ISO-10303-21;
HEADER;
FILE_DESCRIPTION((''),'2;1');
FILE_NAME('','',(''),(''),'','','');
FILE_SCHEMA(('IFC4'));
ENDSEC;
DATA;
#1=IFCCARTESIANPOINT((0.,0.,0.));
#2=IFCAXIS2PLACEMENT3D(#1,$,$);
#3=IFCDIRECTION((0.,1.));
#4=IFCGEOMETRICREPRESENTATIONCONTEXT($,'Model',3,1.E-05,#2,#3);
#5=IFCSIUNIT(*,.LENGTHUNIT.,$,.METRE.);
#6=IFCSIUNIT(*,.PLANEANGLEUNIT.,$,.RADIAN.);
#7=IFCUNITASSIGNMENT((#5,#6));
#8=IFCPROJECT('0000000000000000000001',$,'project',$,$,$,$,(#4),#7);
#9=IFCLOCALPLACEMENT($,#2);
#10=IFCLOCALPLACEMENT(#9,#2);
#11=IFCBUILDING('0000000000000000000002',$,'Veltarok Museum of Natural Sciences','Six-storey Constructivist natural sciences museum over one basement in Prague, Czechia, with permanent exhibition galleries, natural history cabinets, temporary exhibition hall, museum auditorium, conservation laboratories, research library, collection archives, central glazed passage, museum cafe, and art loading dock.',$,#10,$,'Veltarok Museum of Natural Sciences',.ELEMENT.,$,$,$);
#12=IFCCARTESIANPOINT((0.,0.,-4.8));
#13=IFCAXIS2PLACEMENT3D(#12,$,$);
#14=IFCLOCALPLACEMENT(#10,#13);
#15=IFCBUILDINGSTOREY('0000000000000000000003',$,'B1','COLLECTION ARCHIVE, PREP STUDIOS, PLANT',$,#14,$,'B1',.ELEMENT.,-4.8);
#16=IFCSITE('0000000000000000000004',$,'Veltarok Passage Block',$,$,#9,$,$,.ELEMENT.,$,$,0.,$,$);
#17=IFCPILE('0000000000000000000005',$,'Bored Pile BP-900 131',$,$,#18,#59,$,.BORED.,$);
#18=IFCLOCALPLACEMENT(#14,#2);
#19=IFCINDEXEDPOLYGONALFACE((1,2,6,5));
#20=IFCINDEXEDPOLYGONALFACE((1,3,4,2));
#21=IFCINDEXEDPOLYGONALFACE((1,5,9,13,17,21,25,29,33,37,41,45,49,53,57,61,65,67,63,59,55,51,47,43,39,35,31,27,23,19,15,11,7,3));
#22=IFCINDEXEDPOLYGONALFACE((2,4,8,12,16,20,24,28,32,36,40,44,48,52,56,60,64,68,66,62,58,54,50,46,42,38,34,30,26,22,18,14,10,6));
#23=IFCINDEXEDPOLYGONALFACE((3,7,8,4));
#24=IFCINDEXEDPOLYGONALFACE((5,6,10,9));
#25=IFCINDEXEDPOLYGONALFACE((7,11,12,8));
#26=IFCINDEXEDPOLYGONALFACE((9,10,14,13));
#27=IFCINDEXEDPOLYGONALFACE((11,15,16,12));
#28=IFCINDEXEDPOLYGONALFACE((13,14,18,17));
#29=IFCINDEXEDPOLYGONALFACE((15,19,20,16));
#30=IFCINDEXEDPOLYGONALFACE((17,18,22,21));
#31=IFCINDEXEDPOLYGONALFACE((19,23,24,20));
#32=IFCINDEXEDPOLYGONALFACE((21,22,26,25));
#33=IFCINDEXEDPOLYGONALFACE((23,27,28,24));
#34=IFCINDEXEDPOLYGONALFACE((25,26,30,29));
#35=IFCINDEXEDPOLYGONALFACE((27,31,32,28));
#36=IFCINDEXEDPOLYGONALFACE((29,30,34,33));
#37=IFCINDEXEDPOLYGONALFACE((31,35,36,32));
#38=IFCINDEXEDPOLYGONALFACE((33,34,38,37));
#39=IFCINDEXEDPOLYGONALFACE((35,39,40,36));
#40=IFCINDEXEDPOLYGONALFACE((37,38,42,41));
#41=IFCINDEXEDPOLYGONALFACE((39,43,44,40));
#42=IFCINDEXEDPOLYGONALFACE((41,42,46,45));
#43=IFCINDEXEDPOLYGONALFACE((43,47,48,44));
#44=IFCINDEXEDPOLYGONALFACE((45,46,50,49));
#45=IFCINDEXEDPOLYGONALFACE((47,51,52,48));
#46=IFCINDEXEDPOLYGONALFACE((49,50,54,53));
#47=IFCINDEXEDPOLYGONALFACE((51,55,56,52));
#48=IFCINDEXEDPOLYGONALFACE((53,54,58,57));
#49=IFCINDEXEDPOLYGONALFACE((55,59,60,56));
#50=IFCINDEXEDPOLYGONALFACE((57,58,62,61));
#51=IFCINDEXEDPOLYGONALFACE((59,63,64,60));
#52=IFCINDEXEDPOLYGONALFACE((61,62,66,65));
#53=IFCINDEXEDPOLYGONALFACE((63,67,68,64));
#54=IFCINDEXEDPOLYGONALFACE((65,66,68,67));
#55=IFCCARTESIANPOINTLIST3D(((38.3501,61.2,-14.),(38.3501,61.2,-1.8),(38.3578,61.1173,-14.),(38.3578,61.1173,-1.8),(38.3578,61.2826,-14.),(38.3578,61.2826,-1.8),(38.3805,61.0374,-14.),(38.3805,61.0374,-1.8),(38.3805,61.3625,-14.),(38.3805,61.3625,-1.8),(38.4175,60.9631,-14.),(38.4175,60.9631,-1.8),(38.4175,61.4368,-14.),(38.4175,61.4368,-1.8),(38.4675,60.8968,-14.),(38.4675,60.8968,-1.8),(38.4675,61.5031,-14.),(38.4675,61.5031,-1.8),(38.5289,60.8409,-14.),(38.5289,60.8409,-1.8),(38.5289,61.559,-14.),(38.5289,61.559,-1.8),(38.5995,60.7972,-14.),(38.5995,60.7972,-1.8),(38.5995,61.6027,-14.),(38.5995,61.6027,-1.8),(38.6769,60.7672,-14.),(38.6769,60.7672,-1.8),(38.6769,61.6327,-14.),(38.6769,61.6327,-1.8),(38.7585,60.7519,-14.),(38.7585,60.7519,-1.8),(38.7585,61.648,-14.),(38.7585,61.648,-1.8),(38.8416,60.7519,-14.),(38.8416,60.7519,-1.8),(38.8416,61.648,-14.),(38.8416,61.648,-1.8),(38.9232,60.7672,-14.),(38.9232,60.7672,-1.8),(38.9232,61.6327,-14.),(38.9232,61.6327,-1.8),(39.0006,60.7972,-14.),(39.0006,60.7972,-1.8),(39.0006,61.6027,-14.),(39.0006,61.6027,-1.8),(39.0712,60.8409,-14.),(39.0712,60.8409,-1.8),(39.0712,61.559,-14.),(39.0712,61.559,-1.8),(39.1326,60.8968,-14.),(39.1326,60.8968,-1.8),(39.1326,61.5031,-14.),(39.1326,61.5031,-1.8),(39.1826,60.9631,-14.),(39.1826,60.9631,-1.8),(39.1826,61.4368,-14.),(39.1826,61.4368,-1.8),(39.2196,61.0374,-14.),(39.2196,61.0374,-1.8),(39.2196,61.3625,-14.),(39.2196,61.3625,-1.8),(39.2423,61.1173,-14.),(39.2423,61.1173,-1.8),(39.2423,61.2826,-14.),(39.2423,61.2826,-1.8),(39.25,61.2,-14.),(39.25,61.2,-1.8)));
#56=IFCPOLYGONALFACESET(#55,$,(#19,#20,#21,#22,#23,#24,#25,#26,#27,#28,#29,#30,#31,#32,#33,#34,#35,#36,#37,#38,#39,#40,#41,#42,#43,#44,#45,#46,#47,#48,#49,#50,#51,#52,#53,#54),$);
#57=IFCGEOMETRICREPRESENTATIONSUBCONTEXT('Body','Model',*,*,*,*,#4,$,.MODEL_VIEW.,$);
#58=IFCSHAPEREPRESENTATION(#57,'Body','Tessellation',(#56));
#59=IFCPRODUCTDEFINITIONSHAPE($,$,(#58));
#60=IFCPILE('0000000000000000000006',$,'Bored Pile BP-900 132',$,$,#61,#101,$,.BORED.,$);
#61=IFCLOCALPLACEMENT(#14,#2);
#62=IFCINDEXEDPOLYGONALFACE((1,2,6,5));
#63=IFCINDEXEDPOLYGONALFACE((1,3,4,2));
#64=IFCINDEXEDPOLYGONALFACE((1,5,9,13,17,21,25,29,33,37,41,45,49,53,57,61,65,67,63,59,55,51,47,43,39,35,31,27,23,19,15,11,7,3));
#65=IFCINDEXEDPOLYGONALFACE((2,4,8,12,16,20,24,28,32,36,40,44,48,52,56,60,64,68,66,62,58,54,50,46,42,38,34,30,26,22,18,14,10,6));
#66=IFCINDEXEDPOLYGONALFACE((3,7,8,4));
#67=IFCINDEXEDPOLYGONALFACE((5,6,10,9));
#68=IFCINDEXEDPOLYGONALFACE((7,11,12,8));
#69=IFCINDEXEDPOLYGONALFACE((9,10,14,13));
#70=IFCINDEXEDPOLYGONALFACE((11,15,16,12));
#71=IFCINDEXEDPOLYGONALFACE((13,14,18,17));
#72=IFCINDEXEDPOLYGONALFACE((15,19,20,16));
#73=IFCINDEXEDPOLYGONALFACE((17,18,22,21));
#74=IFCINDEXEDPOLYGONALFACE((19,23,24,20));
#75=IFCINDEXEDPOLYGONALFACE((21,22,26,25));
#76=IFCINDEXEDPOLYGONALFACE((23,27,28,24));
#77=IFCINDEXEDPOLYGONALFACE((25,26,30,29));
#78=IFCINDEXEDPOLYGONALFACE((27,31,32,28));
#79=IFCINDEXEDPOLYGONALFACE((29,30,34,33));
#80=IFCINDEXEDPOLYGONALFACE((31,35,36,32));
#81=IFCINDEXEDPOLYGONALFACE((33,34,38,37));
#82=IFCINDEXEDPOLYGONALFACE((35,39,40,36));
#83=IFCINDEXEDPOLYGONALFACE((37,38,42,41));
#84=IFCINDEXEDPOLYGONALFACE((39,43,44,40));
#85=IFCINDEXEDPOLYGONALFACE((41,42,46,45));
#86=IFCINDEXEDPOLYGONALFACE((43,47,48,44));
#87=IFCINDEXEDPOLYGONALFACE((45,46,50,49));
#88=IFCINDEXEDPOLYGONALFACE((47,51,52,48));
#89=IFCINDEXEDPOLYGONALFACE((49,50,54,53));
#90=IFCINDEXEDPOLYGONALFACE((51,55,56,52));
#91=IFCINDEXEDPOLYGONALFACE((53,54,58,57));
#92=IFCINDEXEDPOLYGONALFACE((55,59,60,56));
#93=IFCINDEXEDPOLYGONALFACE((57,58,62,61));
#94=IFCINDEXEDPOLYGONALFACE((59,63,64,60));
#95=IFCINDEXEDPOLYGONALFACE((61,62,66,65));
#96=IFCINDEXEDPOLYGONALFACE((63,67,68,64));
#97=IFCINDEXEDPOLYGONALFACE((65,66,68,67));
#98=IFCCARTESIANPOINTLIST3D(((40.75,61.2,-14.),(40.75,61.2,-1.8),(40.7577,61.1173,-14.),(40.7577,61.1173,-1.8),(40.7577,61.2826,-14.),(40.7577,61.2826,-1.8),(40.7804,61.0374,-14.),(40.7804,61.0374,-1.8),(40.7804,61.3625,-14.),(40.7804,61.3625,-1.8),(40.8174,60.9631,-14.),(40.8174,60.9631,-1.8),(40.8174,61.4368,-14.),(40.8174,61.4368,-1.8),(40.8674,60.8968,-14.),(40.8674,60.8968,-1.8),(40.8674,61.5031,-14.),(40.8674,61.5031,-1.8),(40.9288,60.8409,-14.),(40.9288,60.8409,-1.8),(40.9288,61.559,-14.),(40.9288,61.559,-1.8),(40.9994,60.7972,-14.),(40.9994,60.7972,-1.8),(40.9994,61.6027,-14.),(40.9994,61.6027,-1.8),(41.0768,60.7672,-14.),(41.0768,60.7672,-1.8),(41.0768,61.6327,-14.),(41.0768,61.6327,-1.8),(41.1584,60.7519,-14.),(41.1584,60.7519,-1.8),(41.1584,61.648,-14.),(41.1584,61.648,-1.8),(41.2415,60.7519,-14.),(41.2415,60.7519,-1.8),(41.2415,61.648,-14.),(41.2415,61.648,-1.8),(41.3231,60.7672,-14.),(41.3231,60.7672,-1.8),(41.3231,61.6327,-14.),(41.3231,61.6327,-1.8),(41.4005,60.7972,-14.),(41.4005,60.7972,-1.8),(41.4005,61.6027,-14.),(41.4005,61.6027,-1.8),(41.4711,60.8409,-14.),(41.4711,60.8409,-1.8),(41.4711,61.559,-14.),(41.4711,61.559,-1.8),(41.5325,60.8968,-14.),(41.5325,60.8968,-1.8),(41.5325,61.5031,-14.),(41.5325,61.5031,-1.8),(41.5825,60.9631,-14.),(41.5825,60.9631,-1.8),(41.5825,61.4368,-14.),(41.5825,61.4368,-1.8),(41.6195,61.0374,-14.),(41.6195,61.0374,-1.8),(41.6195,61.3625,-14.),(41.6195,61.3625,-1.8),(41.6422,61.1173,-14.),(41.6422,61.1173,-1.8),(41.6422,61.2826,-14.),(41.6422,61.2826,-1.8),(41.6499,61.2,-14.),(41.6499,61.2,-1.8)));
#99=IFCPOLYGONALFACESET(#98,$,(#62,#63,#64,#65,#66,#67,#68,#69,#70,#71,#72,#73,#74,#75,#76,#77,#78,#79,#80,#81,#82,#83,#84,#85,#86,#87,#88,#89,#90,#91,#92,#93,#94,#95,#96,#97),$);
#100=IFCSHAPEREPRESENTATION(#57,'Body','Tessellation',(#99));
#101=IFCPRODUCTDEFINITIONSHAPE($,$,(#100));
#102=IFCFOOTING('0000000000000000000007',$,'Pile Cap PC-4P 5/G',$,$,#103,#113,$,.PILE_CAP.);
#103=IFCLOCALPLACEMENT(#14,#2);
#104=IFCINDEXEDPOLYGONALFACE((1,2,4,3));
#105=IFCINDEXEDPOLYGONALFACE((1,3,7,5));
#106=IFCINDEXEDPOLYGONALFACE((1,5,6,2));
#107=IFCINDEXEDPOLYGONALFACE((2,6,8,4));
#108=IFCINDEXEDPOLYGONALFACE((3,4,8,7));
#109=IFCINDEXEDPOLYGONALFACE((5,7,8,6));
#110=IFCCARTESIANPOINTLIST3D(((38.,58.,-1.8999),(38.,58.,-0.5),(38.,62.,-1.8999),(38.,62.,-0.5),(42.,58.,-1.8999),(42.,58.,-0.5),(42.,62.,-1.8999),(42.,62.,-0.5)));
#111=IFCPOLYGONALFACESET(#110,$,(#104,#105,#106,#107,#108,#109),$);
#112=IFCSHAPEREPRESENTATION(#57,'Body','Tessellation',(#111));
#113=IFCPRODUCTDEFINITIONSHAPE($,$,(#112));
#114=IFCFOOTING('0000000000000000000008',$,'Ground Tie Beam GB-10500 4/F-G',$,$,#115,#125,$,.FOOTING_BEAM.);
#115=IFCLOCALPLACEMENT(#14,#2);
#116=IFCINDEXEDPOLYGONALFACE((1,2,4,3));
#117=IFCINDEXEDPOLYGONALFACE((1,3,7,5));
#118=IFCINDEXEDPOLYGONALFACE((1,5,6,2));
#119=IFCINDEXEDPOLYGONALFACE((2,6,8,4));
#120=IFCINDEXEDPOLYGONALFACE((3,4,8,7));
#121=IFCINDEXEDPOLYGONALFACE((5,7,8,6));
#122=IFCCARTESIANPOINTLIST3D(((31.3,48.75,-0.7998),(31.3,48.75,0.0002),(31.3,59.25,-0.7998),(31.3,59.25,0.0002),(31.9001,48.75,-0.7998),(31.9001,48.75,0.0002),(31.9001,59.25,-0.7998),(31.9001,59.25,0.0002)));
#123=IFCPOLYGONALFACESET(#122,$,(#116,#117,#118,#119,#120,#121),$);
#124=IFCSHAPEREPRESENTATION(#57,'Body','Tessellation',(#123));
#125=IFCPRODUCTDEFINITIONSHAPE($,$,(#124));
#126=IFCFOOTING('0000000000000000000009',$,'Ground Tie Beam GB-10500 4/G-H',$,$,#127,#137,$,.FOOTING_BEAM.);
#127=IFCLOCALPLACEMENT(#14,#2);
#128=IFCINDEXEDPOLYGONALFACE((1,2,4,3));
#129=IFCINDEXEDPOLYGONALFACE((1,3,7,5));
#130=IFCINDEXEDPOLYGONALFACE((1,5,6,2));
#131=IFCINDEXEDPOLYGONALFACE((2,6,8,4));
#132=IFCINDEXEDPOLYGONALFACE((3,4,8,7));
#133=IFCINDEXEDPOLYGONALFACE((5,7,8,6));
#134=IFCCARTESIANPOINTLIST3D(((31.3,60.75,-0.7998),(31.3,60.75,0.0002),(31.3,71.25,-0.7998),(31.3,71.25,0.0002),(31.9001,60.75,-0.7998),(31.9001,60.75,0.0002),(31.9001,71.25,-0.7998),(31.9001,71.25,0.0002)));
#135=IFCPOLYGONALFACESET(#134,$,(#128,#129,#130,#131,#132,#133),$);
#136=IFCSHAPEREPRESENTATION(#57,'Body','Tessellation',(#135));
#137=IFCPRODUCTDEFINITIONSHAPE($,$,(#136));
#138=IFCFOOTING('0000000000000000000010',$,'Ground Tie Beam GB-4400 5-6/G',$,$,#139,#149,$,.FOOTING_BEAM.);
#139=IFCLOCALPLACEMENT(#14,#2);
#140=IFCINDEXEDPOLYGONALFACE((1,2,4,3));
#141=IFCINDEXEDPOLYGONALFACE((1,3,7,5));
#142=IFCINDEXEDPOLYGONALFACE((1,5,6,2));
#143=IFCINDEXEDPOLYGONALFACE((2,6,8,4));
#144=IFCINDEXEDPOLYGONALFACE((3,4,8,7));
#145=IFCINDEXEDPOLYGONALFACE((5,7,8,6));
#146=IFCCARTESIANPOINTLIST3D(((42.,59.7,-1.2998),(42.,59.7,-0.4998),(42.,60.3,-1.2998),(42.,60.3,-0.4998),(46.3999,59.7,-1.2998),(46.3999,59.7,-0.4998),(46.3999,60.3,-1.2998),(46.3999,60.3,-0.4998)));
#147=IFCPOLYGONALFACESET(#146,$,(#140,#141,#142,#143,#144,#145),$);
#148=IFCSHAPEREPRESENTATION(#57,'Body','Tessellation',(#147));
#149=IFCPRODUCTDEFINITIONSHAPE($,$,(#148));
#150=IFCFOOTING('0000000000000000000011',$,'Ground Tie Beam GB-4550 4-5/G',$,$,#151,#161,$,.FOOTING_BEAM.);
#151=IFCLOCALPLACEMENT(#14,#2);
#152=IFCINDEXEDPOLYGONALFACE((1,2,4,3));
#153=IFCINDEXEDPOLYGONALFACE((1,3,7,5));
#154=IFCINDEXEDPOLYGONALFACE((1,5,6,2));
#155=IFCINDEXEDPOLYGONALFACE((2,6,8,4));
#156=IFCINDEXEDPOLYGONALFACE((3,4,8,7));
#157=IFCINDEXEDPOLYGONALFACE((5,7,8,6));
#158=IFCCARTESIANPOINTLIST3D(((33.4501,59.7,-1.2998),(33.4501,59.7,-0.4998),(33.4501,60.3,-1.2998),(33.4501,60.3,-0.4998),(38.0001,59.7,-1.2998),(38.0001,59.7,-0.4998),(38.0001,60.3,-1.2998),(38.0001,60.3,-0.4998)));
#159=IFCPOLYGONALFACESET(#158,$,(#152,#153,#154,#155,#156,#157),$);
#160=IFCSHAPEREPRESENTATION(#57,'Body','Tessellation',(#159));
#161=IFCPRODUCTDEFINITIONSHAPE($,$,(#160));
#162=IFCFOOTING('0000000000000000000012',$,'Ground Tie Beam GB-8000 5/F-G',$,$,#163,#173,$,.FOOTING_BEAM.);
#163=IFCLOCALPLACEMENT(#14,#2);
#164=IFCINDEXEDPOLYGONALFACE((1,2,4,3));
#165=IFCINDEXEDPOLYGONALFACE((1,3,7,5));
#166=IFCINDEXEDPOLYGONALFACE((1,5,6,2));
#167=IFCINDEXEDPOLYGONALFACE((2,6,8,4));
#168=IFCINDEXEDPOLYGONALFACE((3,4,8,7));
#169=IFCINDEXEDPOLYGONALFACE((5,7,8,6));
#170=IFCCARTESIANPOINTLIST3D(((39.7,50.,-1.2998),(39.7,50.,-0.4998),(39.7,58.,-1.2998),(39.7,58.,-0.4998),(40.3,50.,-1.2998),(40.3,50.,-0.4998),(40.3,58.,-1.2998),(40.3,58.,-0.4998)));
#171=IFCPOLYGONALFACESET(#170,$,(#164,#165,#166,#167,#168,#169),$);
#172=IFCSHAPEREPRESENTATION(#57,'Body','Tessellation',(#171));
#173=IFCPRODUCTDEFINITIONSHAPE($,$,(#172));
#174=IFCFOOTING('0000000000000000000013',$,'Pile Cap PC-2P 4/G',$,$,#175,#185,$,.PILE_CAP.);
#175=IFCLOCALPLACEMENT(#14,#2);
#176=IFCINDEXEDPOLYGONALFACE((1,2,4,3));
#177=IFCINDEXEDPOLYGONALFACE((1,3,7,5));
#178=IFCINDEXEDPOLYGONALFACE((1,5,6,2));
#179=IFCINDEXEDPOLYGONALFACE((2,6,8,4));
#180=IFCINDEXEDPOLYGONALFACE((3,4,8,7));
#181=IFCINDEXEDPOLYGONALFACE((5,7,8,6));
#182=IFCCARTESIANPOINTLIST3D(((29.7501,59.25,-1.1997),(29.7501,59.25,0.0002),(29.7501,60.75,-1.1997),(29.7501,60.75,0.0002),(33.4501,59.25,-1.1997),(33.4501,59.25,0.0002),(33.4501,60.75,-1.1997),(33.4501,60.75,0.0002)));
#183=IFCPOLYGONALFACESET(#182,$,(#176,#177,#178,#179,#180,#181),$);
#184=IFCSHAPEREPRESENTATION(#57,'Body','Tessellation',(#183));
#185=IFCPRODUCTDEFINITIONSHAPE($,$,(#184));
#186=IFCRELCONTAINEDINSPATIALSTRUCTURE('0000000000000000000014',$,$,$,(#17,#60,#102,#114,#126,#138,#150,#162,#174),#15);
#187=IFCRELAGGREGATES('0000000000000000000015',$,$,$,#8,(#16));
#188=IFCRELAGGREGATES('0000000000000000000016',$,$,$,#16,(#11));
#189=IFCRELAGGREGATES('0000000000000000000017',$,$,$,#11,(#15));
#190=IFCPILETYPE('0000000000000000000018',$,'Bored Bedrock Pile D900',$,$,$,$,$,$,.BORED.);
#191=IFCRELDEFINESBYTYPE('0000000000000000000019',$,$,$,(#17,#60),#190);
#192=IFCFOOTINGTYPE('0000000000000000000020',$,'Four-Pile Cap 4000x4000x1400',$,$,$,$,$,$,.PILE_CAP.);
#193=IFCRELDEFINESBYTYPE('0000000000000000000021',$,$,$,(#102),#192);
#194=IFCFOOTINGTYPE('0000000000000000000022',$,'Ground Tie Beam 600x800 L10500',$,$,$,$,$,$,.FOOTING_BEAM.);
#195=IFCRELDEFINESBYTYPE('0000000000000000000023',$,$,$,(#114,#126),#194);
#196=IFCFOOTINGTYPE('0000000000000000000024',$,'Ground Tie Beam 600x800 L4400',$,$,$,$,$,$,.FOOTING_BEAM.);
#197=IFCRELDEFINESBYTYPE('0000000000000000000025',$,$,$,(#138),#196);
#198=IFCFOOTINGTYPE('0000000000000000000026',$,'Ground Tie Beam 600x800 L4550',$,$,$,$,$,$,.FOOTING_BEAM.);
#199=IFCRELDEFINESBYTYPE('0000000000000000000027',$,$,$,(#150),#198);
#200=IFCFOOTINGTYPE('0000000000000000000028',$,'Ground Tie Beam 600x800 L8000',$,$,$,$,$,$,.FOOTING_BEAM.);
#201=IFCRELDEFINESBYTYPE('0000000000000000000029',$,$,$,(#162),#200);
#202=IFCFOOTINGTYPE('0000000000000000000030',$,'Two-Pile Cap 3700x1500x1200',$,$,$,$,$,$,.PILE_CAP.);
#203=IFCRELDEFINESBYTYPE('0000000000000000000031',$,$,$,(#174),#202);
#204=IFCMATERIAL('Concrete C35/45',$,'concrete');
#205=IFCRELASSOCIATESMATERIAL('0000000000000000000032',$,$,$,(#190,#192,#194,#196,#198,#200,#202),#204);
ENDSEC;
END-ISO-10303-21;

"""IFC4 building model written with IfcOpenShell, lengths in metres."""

from ifc_helpers import new_model, si_unit, direction, frame, origin, origin_2d, place, context, subcontext, project, spatial, rectangle, circle, extrude, material, material_profile, profile_set, type_object, element, save


model = new_model("IFC4")

# Units and contexts
model_context = context("Model", 3, precision=1e-05, world=origin(), true_north=direction((0.0, 1.0)))
body_context = subcontext(model_context, "Body", "Model", "MODEL_VIEW")
ifc_project = project(units=[si_unit("LENGTHUNIT", "METRE"), si_unit("PLANEANGLEUNIT", "RADIAN")], contexts=[model_context])

# Site, building, storey
site_placement = place(None, origin())
site = spatial("IfcSite", under=ifc_project, at=site_placement, Name="Veltarok Passage Block", CompositionType="ELEMENT", RefElevation=0.0)
building_placement = place(site_placement, origin())
building = spatial("IfcBuilding", under=site, at=building_placement, Name="Veltarok Museum of Natural Sciences", Description="Six-storey Constructivist natural sciences museum over one basement in Prague, Czechia, with permanent exhibition galleries, natural history cabinets, temporary exhibition hall, museum auditorium, conservation laboratories, research library, collection archives, central glazed passage, museum cafe, and art loading dock.", LongName="Veltarok Museum of Natural Sciences", CompositionType="ELEMENT")
storey_placement = place(building_placement, frame((0.0, 0.0, -4.8)))
storey = spatial("IfcBuildingStorey", under=building, at=storey_placement, Name="B1", Description="COLLECTION ARCHIVE, PREP STUDIOS, PLANT", LongName="B1", CompositionType="ELEMENT", Elevation=-4.8)

# Piles
ifc_material_1 = material(Name="Concrete C35/45", Category="concrete")
ifc_material_profile_1 = material_profile(ifc_material_1, circle(Radius=0.45, at=origin_2d()), Name="BP D900")
ifc_profile_set_1 = profile_set([ifc_material_profile_1], Name="Concrete C35/45")
pile_type_1 = type_object("IfcPileType", Name="Bored Bedrock Pile D900", PredefinedType="BORED", material=ifc_profile_set_1)
for number, where, z_axis, x_axis, name in (
    (1, (38.8, 61.2, -1.8), (0.0, 0.0, -1.0), (1.0, 0.0, 0.0), "Bored Pile BP-900 131"),
    (2, (41.2, 61.2, -1.8), (0.0, 0.0, -1.0), (1.0, 0.0, 0.0), "Bored Pile BP-900 132"),
):
    element("IfcPile", number, at=place(storey_placement, frame(where, z_axis=z_axis, x_axis=x_axis)), inside=storey, type_object=pile_type_1, Name=name, PredefinedType="BORED", context=body_context, shape_type="SweptSolid", body=[
        extrude(circle(Radius=0.45, at=origin_2d()), origin(), (0.0, 0.0, 1.0), 12.2),
    ])

# Footings
footing_type_1 = type_object("IfcFootingType", Name="Four-Pile Cap 4000x4000x1400", PredefinedType="PILE_CAP", material=ifc_material_1)
footing_1_placement = place(storey_placement, frame((40.0, 60.0, -1.8999), z_axis=(0.0, 0.0, 1.0), x_axis=(1.0, 0.0, 0.0)))
element("IfcFooting", 3, at=footing_1_placement, inside=storey, type_object=footing_type_1, Name="Pile Cap PC-4P 5/G", PredefinedType="PILE_CAP", context=body_context, shape_type="SweptSolid", body=[
    extrude(rectangle(XDim=4.0, YDim=4.0, at=origin_2d()), origin(), (0.0, 0.0, 1.0), 1.3999),
])
footing_type_2 = type_object("IfcFootingType", Name="Ground Tie Beam 600x800 L10500", PredefinedType="FOOTING_BEAM", material=ifc_material_1)
for number, where, z_axis, x_axis, name in (
    (4, (31.6001, 54.0, -0.7998), (0.0, 0.0, 1.0), (0.0, 1.0, 0.0), "Ground Tie Beam GB-10500 4/F-G"),
    (5, (31.6001, 66.0, -0.7998), (0.0, 0.0, 1.0), (0.0, 1.0, 0.0), "Ground Tie Beam GB-10500 4/G-H"),
):
    element("IfcFooting", number, at=place(storey_placement, frame(where, z_axis=z_axis, x_axis=x_axis)), inside=storey, type_object=footing_type_2, Name=name, PredefinedType="FOOTING_BEAM", context=body_context, shape_type="SweptSolid", body=[
        extrude(rectangle(XDim=10.5, YDim=0.6001, at=origin_2d()), origin(), (0.0, 0.0, 1.0), 0.8),
    ])
footing_type_3 = type_object("IfcFootingType", Name="Ground Tie Beam 600x800 L4400", PredefinedType="FOOTING_BEAM", material=ifc_material_1)
footing_2_placement = place(storey_placement, frame((44.2, 60.0, -1.2998), z_axis=(0.0, 0.0, 1.0), x_axis=(1.0, 0.0, 0.0)))
element("IfcFooting", 6, at=footing_2_placement, inside=storey, type_object=footing_type_3, Name="Ground Tie Beam GB-4400 5-6/G", PredefinedType="FOOTING_BEAM", context=body_context, shape_type="SweptSolid", body=[
    extrude(rectangle(XDim=4.3999, YDim=0.6001, at=origin_2d()), origin(), (0.0, 0.0, 1.0), 0.8),
])
footing_type_4 = type_object("IfcFootingType", Name="Ground Tie Beam 600x800 L4550", PredefinedType="FOOTING_BEAM", material=ifc_material_1)
footing_3_placement = place(storey_placement, frame((35.7251, 60.0, -1.2998), z_axis=(0.0, 0.0, 1.0), x_axis=(1.0, 0.0, 0.0)))
element("IfcFooting", 7, at=footing_3_placement, inside=storey, type_object=footing_type_4, Name="Ground Tie Beam GB-4550 4-5/G", PredefinedType="FOOTING_BEAM", context=body_context, shape_type="SweptSolid", body=[
    extrude(rectangle(XDim=4.55, YDim=0.6001, at=origin_2d()), origin(), (0.0, 0.0, 1.0), 0.8),
])
footing_type_5 = type_object("IfcFootingType", Name="Ground Tie Beam 600x800 L8000", PredefinedType="FOOTING_BEAM", material=ifc_material_1)
footing_4_placement = place(storey_placement, frame((40.0, 54.0, -1.2998), z_axis=(0.0, 0.0, 1.0), x_axis=(0.0, 1.0, 0.0)))
element("IfcFooting", 8, at=footing_4_placement, inside=storey, type_object=footing_type_5, Name="Ground Tie Beam GB-8000 5/F-G", PredefinedType="FOOTING_BEAM", context=body_context, shape_type="SweptSolid", body=[
    extrude(rectangle(XDim=8.0, YDim=0.6001, at=origin_2d()), origin(), (0.0, 0.0, 1.0), 0.8),
])
footing_type_6 = type_object("IfcFootingType", Name="Two-Pile Cap 3700x1500x1200", PredefinedType="PILE_CAP", material=ifc_material_1)
footing_5_placement = place(storey_placement, frame((31.6001, 60.0, -1.1997), z_axis=(0.0, 0.0, 1.0), x_axis=(1.0, 0.0, 0.0)))
element("IfcFooting", 9, at=footing_5_placement, inside=storey, type_object=footing_type_6, Name="Pile Cap PC-2P 4/G", PredefinedType="PILE_CAP", context=body_context, shape_type="SweptSolid", body=[
    extrude(rectangle(XDim=3.7, YDim=1.5, at=origin_2d()), origin(), (0.0, 0.0, 1.0), 1.2),
])

save(model, "model.ifc")
